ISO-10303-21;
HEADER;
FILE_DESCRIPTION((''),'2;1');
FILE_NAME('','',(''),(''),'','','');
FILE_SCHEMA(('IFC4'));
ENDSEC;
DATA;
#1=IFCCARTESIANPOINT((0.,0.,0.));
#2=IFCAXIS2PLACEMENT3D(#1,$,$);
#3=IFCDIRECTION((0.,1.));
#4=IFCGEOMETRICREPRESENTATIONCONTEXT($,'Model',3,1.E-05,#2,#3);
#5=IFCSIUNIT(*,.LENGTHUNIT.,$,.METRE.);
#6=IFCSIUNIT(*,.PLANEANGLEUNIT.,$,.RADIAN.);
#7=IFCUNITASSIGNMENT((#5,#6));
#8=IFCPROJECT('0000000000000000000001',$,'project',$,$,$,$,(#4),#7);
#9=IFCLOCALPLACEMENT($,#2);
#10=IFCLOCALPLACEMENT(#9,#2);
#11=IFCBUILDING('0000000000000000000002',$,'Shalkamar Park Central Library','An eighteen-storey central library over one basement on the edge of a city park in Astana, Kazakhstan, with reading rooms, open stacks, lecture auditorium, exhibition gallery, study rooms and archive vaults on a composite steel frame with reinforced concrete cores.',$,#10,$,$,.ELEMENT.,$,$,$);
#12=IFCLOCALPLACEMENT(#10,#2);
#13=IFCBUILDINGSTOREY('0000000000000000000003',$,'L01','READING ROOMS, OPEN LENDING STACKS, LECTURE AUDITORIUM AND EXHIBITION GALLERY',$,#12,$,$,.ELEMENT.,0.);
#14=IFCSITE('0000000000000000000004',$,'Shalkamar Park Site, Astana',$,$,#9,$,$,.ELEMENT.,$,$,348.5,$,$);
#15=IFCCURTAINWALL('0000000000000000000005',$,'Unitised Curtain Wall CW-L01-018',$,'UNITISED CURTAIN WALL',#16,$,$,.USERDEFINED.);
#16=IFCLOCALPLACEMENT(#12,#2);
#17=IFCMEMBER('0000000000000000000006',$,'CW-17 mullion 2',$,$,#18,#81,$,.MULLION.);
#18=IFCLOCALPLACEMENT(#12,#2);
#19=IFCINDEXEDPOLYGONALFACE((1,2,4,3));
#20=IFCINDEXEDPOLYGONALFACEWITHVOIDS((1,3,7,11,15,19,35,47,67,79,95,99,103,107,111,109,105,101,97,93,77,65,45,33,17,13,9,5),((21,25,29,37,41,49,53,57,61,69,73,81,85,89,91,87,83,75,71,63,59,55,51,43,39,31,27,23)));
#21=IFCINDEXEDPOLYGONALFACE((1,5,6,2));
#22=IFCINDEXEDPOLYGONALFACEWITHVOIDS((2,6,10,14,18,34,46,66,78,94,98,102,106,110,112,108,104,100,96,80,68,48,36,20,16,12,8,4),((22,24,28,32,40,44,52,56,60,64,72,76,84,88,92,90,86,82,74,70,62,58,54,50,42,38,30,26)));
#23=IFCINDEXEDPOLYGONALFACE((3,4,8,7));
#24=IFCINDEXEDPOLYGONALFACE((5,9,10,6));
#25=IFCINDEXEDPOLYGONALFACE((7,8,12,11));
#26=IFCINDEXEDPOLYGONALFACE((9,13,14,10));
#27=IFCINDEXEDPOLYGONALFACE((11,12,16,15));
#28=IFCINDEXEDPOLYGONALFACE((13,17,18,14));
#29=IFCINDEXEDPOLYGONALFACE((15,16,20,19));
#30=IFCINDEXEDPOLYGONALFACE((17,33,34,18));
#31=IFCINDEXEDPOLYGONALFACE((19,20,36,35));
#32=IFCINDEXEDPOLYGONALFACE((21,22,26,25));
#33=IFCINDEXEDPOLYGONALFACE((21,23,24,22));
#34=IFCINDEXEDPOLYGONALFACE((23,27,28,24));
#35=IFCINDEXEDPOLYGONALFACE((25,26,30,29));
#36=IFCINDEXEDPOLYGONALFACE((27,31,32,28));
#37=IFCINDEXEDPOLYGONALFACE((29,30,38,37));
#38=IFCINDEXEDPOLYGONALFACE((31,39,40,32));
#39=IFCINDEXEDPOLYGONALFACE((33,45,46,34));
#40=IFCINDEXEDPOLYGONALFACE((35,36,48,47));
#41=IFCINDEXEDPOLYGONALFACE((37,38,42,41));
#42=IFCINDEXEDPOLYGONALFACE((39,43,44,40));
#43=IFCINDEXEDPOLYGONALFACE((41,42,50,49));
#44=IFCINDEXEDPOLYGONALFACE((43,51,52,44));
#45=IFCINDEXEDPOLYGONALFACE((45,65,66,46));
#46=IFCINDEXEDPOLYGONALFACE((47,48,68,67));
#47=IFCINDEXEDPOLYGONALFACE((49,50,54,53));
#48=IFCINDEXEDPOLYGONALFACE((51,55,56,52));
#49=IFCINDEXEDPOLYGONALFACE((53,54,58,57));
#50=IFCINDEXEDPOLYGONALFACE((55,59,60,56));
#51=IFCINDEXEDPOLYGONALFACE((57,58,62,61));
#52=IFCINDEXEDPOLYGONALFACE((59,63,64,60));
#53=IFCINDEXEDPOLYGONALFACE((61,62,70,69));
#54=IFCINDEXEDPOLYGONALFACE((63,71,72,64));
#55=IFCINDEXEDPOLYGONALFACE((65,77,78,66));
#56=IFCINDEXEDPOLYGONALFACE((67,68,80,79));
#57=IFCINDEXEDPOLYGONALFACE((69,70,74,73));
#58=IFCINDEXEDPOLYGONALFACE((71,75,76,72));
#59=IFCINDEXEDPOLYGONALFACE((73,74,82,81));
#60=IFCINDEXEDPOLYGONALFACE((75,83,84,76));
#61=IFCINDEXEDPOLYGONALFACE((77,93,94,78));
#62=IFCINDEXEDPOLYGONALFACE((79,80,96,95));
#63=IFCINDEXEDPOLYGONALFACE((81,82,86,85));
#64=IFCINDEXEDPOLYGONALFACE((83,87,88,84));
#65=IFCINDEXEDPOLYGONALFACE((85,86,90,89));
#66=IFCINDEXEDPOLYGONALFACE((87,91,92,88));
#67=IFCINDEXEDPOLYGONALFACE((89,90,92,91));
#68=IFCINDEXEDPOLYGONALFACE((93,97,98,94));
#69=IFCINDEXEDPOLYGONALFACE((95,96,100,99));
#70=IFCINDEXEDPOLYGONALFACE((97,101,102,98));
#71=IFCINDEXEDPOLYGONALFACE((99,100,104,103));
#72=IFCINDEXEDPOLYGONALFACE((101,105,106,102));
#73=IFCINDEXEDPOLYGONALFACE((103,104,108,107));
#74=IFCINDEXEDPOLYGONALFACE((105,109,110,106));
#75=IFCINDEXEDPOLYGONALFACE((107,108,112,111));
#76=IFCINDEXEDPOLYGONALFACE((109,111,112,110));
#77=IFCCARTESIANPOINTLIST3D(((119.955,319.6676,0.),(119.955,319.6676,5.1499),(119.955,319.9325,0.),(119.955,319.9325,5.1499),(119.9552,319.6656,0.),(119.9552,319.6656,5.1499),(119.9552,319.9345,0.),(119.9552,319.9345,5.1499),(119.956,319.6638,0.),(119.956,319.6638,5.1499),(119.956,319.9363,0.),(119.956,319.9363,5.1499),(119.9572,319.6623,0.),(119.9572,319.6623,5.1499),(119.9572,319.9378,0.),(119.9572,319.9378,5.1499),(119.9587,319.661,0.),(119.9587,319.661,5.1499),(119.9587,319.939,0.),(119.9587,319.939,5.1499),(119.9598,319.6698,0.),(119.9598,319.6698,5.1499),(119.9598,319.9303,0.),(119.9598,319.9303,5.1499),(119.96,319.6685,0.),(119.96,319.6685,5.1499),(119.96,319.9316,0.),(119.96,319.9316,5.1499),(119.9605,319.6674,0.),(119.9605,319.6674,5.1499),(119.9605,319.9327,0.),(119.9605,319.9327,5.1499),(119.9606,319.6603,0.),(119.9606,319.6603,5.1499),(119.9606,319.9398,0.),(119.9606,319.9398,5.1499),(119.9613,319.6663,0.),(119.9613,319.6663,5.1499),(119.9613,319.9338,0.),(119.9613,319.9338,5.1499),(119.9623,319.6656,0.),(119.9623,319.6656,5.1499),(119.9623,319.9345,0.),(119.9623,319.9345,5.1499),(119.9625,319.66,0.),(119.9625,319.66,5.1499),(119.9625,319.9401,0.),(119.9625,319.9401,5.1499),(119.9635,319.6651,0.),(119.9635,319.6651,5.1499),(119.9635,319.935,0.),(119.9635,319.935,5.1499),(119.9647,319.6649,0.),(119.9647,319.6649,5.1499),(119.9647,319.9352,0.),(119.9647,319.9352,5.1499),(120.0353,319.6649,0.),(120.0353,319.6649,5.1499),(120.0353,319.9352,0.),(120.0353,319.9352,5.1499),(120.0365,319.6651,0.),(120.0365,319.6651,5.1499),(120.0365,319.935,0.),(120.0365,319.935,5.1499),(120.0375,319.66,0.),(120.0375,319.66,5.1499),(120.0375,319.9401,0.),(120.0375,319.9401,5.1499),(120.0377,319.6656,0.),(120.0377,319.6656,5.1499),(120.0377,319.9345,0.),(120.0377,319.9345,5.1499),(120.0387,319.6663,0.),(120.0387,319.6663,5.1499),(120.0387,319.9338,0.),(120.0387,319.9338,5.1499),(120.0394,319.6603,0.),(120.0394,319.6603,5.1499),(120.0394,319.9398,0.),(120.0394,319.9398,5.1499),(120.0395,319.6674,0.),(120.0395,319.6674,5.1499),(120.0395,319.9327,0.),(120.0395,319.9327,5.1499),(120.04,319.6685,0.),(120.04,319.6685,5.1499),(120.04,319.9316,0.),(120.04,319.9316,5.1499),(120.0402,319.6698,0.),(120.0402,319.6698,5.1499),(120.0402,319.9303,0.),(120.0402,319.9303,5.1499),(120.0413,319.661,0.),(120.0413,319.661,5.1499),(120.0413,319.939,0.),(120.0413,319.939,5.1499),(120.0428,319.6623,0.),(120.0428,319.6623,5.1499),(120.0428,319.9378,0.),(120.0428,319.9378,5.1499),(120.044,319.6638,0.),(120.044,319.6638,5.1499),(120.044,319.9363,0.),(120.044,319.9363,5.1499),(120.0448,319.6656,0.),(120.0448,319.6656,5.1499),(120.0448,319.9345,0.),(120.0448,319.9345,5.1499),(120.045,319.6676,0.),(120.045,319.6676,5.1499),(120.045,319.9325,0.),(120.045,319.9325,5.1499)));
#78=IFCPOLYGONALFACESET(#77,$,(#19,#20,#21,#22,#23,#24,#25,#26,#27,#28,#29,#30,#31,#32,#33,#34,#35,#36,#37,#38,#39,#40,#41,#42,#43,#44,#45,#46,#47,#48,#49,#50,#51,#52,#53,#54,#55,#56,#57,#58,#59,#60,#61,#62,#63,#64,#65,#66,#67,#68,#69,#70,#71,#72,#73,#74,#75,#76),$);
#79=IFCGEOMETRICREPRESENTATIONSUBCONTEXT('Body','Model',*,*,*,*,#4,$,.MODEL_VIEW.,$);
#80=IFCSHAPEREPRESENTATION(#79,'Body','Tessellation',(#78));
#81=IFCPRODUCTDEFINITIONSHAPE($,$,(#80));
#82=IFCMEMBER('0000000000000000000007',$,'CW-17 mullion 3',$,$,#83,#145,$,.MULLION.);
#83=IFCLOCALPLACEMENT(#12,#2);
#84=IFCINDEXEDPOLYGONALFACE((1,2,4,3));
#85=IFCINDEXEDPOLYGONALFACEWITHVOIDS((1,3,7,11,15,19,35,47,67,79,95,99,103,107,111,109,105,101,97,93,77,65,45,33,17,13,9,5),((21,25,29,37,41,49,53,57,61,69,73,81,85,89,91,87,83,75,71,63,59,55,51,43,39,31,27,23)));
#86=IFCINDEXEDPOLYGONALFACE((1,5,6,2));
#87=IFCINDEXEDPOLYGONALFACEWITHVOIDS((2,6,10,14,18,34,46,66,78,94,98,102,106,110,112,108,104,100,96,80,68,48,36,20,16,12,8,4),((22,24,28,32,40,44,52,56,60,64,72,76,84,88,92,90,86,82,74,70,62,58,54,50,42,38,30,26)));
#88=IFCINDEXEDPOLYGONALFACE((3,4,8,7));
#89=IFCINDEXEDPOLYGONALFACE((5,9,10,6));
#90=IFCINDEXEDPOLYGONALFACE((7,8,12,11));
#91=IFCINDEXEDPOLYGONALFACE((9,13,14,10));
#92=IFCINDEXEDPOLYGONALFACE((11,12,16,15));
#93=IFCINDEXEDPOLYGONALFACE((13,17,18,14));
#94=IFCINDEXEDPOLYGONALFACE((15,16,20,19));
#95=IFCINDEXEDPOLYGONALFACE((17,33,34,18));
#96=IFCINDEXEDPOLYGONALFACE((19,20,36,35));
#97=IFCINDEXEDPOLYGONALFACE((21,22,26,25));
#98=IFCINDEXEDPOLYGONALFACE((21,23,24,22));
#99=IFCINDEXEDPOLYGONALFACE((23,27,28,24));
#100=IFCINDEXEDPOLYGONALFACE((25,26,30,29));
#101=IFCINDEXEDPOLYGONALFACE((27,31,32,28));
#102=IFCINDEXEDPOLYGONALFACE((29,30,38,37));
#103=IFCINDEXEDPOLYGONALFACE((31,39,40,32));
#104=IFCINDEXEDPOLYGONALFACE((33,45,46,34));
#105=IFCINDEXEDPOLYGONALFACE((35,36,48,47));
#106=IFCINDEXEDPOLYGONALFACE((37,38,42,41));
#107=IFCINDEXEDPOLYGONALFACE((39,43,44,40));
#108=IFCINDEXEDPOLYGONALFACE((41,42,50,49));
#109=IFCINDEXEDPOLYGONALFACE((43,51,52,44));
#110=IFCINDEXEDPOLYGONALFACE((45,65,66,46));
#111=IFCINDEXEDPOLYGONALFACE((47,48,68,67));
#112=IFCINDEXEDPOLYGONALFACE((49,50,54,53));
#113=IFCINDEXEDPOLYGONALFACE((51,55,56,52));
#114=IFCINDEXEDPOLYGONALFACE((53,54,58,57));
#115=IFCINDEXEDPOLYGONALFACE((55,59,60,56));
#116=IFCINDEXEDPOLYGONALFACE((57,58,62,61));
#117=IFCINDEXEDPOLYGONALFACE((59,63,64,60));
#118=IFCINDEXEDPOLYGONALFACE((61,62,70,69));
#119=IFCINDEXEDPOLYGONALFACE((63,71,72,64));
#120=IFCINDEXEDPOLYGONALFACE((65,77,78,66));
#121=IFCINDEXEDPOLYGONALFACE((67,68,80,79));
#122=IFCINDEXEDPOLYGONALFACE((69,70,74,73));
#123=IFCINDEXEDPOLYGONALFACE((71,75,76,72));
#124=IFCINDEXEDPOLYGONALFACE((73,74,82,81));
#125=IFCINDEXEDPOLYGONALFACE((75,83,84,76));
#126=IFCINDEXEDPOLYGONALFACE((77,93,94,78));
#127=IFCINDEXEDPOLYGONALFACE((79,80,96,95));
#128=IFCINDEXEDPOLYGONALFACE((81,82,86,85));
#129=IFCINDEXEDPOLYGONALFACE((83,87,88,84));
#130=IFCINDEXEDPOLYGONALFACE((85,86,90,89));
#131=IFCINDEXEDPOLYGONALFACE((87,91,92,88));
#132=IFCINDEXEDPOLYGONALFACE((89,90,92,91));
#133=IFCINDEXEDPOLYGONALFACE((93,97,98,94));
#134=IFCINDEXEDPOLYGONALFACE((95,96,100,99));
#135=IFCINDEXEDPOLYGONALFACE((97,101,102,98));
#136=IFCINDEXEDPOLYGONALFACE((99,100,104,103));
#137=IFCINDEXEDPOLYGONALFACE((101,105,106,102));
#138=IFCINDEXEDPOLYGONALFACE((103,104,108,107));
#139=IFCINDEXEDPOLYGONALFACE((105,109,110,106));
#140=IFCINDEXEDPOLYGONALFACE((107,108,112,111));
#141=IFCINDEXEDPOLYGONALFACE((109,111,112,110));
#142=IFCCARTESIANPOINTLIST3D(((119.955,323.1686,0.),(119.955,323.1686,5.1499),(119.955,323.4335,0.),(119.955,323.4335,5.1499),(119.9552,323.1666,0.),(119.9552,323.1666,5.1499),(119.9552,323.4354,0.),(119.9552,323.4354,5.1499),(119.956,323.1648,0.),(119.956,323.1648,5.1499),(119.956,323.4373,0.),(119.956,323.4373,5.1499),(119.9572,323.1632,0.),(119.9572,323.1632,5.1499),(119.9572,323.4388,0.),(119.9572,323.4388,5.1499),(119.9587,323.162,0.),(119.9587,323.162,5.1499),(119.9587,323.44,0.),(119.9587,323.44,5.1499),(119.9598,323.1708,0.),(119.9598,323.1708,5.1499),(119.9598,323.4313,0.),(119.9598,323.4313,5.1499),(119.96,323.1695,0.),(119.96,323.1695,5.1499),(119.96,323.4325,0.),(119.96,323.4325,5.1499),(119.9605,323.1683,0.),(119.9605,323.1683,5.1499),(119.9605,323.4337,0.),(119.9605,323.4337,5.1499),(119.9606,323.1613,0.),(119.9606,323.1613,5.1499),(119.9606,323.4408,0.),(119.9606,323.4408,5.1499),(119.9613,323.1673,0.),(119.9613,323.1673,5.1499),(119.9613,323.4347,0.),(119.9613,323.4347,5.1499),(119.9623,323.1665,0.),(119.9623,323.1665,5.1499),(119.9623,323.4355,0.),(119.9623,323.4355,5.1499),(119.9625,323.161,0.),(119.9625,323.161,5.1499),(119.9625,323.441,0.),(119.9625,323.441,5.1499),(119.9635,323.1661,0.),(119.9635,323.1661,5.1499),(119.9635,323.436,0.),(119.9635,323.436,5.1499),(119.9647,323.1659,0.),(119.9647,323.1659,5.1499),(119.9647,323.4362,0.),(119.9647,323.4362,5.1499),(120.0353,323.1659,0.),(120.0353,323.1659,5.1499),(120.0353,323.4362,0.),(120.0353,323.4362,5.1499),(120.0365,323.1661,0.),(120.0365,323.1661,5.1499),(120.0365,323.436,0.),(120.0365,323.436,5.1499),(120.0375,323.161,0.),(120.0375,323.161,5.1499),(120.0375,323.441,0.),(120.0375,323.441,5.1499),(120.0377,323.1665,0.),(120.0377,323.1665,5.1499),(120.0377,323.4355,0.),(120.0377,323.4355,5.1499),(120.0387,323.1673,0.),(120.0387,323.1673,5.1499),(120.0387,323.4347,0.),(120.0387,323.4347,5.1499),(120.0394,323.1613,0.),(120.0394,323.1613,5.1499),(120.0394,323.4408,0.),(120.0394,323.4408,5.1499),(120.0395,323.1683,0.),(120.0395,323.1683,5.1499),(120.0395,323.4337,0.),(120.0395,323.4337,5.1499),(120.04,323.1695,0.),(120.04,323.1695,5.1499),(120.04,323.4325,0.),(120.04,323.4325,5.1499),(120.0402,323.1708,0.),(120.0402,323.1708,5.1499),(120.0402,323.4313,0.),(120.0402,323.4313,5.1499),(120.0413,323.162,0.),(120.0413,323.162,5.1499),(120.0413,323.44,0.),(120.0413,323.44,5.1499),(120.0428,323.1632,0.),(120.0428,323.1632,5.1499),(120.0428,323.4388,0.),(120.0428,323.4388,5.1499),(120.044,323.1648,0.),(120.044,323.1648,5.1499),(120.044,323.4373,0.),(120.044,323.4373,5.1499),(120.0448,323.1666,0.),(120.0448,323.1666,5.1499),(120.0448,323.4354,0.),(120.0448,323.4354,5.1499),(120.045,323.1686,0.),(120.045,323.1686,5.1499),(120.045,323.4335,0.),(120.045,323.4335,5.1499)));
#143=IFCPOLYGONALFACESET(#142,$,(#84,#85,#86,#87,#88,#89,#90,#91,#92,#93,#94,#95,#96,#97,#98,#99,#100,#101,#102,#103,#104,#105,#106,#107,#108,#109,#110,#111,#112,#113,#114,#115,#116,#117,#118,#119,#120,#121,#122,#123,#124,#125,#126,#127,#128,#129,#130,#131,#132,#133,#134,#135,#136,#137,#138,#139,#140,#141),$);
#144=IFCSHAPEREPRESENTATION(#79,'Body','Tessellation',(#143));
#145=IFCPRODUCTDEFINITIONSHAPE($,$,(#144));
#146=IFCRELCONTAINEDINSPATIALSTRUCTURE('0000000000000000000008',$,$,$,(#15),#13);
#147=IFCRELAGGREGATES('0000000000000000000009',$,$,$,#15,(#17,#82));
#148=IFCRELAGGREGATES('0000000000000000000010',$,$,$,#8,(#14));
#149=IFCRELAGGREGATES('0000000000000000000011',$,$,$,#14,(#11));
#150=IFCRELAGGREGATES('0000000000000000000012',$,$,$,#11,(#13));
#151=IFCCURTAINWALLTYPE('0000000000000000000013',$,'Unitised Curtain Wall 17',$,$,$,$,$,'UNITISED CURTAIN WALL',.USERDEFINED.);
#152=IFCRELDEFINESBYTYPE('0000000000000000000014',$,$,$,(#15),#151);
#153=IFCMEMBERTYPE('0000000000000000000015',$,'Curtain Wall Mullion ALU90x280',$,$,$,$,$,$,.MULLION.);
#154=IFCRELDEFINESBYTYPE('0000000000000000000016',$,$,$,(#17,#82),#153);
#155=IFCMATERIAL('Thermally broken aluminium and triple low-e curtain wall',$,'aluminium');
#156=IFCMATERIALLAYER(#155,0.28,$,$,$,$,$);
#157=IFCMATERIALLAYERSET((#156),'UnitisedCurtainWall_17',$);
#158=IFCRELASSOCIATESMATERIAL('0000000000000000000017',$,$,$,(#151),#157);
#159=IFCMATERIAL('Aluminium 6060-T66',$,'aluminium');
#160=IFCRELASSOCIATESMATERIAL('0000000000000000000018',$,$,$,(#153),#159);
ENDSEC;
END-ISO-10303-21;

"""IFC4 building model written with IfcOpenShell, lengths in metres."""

from ifc_helpers import new_model, si_unit, direction, frame, origin, origin_2d, place, context, subcontext, project, spatial, hollow_rectangle, extrude, material, layer, layer_set, material_profile, profile_set, type_object, element, aggregate, save


model = new_model("IFC4")

# Units and contexts
model_context = context("Model", 3, precision=1e-05, world=origin(), true_north=direction((0.0, 1.0)))
body_context = subcontext(model_context, "Body", "Model", "MODEL_VIEW")
ifc_project = project(units=[si_unit("LENGTHUNIT", "METRE"), si_unit("PLANEANGLEUNIT", "RADIAN")], contexts=[model_context])

# Site, building, storey
site_placement = place(None, origin())
site = spatial("IfcSite", under=ifc_project, at=site_placement, Name="Shalkamar Park Site, Astana", CompositionType="ELEMENT", RefElevation=348.5)
building_placement = place(site_placement, origin())
building = spatial("IfcBuilding", under=site, at=building_placement, Name="Shalkamar Park Central Library", Description="An eighteen-storey central library over one basement on the edge of a city park in Astana, Kazakhstan, with reading rooms, open stacks, lecture auditorium, exhibition gallery, study rooms and archive vaults on a composite steel frame with reinforced concrete cores.", CompositionType="ELEMENT")
storey_placement = place(building_placement, origin())
storey = spatial("IfcBuildingStorey", under=building, at=storey_placement, Name="L01", Description="READING ROOMS, OPEN LENDING STACKS, LECTURE AUDITORIUM AND EXHIBITION GALLERY", CompositionType="ELEMENT", Elevation=0.0)

# Curtain wall, members
ifc_material_1 = material(Name="Thermally broken aluminium and triple low-e curtain wall", Category="aluminium")
ifc_layer_1 = layer(ifc_material_1, 0.28)
ifc_layer_set_1 = layer_set([ifc_layer_1], Name="UnitisedCurtainWall_17")
curtain_wall_type = type_object("IfcCurtainWallType", Name="Unitised Curtain Wall 17", ElementType="UNITISED CURTAIN WALL", PredefinedType="USERDEFINED", material=ifc_layer_set_1)
curtain_wall_placement = place(storey_placement, origin())
curtain_wall = element("IfcCurtainWall", 1, at=curtain_wall_placement, inside=storey, type_object=curtain_wall_type, Name="Unitised Curtain Wall CW-L01-018", ObjectType="UNITISED CURTAIN WALL", PredefinedType="USERDEFINED")
ifc_material_2 = material(Name="Aluminium 6060-T66", Category="aluminium")
ifc_material_profile_1 = material_profile(ifc_material_2, hollow_rectangle(XDim=0.0901, YDim=0.28, WallThickness=0.0049, InnerFilletRadius=0.0049, OuterFilletRadius=0.0076, at=origin_2d()), Name="ALU 90x280x5")
ifc_profile_set_1 = profile_set([ifc_material_profile_1], Name="Aluminium 6060-T66")
member_type_1 = type_object("IfcMemberType", Name="Curtain Wall Mullion ALU90x280", PredefinedType="MULLION", material=ifc_profile_set_1)
member_1_placement = place(storey_placement, frame((120.0, 319.8, 0.0), z_axis=(0.0, 0.0, 1.0), x_axis=(-1.0, 0.0, 0.0)))
member_1 = element("IfcMember", 2, at=member_1_placement, type_object=member_type_1, Name="CW-17 mullion 2", PredefinedType="MULLION", context=body_context, shape_type="SweptSolid", body=[
    extrude(hollow_rectangle(XDim=0.0901, YDim=0.28, WallThickness=0.0049, InnerFilletRadius=0.0049, OuterFilletRadius=0.0076, at=origin_2d()), origin(), (0.0, 0.0, 1.0), 5.1499),
])
member_2_placement = place(storey_placement, frame((120.0, 323.301, 0.0), z_axis=(0.0, 0.0, 1.0), x_axis=(-1.0, 0.0, 0.0)))
member_2 = element("IfcMember", 3, at=member_2_placement, type_object=member_type_1, Name="CW-17 mullion 3", PredefinedType="MULLION", context=body_context, shape_type="SweptSolid", body=[
    extrude(hollow_rectangle(XDim=0.0901, YDim=0.28, WallThickness=0.0049, InnerFilletRadius=0.0049, OuterFilletRadius=0.0076, at=origin_2d()), origin(), (0.0, 0.0, 1.0), 5.1499),
])

aggregate(curtain_wall, [member_1, member_2])

save(model, "model.ifc")
